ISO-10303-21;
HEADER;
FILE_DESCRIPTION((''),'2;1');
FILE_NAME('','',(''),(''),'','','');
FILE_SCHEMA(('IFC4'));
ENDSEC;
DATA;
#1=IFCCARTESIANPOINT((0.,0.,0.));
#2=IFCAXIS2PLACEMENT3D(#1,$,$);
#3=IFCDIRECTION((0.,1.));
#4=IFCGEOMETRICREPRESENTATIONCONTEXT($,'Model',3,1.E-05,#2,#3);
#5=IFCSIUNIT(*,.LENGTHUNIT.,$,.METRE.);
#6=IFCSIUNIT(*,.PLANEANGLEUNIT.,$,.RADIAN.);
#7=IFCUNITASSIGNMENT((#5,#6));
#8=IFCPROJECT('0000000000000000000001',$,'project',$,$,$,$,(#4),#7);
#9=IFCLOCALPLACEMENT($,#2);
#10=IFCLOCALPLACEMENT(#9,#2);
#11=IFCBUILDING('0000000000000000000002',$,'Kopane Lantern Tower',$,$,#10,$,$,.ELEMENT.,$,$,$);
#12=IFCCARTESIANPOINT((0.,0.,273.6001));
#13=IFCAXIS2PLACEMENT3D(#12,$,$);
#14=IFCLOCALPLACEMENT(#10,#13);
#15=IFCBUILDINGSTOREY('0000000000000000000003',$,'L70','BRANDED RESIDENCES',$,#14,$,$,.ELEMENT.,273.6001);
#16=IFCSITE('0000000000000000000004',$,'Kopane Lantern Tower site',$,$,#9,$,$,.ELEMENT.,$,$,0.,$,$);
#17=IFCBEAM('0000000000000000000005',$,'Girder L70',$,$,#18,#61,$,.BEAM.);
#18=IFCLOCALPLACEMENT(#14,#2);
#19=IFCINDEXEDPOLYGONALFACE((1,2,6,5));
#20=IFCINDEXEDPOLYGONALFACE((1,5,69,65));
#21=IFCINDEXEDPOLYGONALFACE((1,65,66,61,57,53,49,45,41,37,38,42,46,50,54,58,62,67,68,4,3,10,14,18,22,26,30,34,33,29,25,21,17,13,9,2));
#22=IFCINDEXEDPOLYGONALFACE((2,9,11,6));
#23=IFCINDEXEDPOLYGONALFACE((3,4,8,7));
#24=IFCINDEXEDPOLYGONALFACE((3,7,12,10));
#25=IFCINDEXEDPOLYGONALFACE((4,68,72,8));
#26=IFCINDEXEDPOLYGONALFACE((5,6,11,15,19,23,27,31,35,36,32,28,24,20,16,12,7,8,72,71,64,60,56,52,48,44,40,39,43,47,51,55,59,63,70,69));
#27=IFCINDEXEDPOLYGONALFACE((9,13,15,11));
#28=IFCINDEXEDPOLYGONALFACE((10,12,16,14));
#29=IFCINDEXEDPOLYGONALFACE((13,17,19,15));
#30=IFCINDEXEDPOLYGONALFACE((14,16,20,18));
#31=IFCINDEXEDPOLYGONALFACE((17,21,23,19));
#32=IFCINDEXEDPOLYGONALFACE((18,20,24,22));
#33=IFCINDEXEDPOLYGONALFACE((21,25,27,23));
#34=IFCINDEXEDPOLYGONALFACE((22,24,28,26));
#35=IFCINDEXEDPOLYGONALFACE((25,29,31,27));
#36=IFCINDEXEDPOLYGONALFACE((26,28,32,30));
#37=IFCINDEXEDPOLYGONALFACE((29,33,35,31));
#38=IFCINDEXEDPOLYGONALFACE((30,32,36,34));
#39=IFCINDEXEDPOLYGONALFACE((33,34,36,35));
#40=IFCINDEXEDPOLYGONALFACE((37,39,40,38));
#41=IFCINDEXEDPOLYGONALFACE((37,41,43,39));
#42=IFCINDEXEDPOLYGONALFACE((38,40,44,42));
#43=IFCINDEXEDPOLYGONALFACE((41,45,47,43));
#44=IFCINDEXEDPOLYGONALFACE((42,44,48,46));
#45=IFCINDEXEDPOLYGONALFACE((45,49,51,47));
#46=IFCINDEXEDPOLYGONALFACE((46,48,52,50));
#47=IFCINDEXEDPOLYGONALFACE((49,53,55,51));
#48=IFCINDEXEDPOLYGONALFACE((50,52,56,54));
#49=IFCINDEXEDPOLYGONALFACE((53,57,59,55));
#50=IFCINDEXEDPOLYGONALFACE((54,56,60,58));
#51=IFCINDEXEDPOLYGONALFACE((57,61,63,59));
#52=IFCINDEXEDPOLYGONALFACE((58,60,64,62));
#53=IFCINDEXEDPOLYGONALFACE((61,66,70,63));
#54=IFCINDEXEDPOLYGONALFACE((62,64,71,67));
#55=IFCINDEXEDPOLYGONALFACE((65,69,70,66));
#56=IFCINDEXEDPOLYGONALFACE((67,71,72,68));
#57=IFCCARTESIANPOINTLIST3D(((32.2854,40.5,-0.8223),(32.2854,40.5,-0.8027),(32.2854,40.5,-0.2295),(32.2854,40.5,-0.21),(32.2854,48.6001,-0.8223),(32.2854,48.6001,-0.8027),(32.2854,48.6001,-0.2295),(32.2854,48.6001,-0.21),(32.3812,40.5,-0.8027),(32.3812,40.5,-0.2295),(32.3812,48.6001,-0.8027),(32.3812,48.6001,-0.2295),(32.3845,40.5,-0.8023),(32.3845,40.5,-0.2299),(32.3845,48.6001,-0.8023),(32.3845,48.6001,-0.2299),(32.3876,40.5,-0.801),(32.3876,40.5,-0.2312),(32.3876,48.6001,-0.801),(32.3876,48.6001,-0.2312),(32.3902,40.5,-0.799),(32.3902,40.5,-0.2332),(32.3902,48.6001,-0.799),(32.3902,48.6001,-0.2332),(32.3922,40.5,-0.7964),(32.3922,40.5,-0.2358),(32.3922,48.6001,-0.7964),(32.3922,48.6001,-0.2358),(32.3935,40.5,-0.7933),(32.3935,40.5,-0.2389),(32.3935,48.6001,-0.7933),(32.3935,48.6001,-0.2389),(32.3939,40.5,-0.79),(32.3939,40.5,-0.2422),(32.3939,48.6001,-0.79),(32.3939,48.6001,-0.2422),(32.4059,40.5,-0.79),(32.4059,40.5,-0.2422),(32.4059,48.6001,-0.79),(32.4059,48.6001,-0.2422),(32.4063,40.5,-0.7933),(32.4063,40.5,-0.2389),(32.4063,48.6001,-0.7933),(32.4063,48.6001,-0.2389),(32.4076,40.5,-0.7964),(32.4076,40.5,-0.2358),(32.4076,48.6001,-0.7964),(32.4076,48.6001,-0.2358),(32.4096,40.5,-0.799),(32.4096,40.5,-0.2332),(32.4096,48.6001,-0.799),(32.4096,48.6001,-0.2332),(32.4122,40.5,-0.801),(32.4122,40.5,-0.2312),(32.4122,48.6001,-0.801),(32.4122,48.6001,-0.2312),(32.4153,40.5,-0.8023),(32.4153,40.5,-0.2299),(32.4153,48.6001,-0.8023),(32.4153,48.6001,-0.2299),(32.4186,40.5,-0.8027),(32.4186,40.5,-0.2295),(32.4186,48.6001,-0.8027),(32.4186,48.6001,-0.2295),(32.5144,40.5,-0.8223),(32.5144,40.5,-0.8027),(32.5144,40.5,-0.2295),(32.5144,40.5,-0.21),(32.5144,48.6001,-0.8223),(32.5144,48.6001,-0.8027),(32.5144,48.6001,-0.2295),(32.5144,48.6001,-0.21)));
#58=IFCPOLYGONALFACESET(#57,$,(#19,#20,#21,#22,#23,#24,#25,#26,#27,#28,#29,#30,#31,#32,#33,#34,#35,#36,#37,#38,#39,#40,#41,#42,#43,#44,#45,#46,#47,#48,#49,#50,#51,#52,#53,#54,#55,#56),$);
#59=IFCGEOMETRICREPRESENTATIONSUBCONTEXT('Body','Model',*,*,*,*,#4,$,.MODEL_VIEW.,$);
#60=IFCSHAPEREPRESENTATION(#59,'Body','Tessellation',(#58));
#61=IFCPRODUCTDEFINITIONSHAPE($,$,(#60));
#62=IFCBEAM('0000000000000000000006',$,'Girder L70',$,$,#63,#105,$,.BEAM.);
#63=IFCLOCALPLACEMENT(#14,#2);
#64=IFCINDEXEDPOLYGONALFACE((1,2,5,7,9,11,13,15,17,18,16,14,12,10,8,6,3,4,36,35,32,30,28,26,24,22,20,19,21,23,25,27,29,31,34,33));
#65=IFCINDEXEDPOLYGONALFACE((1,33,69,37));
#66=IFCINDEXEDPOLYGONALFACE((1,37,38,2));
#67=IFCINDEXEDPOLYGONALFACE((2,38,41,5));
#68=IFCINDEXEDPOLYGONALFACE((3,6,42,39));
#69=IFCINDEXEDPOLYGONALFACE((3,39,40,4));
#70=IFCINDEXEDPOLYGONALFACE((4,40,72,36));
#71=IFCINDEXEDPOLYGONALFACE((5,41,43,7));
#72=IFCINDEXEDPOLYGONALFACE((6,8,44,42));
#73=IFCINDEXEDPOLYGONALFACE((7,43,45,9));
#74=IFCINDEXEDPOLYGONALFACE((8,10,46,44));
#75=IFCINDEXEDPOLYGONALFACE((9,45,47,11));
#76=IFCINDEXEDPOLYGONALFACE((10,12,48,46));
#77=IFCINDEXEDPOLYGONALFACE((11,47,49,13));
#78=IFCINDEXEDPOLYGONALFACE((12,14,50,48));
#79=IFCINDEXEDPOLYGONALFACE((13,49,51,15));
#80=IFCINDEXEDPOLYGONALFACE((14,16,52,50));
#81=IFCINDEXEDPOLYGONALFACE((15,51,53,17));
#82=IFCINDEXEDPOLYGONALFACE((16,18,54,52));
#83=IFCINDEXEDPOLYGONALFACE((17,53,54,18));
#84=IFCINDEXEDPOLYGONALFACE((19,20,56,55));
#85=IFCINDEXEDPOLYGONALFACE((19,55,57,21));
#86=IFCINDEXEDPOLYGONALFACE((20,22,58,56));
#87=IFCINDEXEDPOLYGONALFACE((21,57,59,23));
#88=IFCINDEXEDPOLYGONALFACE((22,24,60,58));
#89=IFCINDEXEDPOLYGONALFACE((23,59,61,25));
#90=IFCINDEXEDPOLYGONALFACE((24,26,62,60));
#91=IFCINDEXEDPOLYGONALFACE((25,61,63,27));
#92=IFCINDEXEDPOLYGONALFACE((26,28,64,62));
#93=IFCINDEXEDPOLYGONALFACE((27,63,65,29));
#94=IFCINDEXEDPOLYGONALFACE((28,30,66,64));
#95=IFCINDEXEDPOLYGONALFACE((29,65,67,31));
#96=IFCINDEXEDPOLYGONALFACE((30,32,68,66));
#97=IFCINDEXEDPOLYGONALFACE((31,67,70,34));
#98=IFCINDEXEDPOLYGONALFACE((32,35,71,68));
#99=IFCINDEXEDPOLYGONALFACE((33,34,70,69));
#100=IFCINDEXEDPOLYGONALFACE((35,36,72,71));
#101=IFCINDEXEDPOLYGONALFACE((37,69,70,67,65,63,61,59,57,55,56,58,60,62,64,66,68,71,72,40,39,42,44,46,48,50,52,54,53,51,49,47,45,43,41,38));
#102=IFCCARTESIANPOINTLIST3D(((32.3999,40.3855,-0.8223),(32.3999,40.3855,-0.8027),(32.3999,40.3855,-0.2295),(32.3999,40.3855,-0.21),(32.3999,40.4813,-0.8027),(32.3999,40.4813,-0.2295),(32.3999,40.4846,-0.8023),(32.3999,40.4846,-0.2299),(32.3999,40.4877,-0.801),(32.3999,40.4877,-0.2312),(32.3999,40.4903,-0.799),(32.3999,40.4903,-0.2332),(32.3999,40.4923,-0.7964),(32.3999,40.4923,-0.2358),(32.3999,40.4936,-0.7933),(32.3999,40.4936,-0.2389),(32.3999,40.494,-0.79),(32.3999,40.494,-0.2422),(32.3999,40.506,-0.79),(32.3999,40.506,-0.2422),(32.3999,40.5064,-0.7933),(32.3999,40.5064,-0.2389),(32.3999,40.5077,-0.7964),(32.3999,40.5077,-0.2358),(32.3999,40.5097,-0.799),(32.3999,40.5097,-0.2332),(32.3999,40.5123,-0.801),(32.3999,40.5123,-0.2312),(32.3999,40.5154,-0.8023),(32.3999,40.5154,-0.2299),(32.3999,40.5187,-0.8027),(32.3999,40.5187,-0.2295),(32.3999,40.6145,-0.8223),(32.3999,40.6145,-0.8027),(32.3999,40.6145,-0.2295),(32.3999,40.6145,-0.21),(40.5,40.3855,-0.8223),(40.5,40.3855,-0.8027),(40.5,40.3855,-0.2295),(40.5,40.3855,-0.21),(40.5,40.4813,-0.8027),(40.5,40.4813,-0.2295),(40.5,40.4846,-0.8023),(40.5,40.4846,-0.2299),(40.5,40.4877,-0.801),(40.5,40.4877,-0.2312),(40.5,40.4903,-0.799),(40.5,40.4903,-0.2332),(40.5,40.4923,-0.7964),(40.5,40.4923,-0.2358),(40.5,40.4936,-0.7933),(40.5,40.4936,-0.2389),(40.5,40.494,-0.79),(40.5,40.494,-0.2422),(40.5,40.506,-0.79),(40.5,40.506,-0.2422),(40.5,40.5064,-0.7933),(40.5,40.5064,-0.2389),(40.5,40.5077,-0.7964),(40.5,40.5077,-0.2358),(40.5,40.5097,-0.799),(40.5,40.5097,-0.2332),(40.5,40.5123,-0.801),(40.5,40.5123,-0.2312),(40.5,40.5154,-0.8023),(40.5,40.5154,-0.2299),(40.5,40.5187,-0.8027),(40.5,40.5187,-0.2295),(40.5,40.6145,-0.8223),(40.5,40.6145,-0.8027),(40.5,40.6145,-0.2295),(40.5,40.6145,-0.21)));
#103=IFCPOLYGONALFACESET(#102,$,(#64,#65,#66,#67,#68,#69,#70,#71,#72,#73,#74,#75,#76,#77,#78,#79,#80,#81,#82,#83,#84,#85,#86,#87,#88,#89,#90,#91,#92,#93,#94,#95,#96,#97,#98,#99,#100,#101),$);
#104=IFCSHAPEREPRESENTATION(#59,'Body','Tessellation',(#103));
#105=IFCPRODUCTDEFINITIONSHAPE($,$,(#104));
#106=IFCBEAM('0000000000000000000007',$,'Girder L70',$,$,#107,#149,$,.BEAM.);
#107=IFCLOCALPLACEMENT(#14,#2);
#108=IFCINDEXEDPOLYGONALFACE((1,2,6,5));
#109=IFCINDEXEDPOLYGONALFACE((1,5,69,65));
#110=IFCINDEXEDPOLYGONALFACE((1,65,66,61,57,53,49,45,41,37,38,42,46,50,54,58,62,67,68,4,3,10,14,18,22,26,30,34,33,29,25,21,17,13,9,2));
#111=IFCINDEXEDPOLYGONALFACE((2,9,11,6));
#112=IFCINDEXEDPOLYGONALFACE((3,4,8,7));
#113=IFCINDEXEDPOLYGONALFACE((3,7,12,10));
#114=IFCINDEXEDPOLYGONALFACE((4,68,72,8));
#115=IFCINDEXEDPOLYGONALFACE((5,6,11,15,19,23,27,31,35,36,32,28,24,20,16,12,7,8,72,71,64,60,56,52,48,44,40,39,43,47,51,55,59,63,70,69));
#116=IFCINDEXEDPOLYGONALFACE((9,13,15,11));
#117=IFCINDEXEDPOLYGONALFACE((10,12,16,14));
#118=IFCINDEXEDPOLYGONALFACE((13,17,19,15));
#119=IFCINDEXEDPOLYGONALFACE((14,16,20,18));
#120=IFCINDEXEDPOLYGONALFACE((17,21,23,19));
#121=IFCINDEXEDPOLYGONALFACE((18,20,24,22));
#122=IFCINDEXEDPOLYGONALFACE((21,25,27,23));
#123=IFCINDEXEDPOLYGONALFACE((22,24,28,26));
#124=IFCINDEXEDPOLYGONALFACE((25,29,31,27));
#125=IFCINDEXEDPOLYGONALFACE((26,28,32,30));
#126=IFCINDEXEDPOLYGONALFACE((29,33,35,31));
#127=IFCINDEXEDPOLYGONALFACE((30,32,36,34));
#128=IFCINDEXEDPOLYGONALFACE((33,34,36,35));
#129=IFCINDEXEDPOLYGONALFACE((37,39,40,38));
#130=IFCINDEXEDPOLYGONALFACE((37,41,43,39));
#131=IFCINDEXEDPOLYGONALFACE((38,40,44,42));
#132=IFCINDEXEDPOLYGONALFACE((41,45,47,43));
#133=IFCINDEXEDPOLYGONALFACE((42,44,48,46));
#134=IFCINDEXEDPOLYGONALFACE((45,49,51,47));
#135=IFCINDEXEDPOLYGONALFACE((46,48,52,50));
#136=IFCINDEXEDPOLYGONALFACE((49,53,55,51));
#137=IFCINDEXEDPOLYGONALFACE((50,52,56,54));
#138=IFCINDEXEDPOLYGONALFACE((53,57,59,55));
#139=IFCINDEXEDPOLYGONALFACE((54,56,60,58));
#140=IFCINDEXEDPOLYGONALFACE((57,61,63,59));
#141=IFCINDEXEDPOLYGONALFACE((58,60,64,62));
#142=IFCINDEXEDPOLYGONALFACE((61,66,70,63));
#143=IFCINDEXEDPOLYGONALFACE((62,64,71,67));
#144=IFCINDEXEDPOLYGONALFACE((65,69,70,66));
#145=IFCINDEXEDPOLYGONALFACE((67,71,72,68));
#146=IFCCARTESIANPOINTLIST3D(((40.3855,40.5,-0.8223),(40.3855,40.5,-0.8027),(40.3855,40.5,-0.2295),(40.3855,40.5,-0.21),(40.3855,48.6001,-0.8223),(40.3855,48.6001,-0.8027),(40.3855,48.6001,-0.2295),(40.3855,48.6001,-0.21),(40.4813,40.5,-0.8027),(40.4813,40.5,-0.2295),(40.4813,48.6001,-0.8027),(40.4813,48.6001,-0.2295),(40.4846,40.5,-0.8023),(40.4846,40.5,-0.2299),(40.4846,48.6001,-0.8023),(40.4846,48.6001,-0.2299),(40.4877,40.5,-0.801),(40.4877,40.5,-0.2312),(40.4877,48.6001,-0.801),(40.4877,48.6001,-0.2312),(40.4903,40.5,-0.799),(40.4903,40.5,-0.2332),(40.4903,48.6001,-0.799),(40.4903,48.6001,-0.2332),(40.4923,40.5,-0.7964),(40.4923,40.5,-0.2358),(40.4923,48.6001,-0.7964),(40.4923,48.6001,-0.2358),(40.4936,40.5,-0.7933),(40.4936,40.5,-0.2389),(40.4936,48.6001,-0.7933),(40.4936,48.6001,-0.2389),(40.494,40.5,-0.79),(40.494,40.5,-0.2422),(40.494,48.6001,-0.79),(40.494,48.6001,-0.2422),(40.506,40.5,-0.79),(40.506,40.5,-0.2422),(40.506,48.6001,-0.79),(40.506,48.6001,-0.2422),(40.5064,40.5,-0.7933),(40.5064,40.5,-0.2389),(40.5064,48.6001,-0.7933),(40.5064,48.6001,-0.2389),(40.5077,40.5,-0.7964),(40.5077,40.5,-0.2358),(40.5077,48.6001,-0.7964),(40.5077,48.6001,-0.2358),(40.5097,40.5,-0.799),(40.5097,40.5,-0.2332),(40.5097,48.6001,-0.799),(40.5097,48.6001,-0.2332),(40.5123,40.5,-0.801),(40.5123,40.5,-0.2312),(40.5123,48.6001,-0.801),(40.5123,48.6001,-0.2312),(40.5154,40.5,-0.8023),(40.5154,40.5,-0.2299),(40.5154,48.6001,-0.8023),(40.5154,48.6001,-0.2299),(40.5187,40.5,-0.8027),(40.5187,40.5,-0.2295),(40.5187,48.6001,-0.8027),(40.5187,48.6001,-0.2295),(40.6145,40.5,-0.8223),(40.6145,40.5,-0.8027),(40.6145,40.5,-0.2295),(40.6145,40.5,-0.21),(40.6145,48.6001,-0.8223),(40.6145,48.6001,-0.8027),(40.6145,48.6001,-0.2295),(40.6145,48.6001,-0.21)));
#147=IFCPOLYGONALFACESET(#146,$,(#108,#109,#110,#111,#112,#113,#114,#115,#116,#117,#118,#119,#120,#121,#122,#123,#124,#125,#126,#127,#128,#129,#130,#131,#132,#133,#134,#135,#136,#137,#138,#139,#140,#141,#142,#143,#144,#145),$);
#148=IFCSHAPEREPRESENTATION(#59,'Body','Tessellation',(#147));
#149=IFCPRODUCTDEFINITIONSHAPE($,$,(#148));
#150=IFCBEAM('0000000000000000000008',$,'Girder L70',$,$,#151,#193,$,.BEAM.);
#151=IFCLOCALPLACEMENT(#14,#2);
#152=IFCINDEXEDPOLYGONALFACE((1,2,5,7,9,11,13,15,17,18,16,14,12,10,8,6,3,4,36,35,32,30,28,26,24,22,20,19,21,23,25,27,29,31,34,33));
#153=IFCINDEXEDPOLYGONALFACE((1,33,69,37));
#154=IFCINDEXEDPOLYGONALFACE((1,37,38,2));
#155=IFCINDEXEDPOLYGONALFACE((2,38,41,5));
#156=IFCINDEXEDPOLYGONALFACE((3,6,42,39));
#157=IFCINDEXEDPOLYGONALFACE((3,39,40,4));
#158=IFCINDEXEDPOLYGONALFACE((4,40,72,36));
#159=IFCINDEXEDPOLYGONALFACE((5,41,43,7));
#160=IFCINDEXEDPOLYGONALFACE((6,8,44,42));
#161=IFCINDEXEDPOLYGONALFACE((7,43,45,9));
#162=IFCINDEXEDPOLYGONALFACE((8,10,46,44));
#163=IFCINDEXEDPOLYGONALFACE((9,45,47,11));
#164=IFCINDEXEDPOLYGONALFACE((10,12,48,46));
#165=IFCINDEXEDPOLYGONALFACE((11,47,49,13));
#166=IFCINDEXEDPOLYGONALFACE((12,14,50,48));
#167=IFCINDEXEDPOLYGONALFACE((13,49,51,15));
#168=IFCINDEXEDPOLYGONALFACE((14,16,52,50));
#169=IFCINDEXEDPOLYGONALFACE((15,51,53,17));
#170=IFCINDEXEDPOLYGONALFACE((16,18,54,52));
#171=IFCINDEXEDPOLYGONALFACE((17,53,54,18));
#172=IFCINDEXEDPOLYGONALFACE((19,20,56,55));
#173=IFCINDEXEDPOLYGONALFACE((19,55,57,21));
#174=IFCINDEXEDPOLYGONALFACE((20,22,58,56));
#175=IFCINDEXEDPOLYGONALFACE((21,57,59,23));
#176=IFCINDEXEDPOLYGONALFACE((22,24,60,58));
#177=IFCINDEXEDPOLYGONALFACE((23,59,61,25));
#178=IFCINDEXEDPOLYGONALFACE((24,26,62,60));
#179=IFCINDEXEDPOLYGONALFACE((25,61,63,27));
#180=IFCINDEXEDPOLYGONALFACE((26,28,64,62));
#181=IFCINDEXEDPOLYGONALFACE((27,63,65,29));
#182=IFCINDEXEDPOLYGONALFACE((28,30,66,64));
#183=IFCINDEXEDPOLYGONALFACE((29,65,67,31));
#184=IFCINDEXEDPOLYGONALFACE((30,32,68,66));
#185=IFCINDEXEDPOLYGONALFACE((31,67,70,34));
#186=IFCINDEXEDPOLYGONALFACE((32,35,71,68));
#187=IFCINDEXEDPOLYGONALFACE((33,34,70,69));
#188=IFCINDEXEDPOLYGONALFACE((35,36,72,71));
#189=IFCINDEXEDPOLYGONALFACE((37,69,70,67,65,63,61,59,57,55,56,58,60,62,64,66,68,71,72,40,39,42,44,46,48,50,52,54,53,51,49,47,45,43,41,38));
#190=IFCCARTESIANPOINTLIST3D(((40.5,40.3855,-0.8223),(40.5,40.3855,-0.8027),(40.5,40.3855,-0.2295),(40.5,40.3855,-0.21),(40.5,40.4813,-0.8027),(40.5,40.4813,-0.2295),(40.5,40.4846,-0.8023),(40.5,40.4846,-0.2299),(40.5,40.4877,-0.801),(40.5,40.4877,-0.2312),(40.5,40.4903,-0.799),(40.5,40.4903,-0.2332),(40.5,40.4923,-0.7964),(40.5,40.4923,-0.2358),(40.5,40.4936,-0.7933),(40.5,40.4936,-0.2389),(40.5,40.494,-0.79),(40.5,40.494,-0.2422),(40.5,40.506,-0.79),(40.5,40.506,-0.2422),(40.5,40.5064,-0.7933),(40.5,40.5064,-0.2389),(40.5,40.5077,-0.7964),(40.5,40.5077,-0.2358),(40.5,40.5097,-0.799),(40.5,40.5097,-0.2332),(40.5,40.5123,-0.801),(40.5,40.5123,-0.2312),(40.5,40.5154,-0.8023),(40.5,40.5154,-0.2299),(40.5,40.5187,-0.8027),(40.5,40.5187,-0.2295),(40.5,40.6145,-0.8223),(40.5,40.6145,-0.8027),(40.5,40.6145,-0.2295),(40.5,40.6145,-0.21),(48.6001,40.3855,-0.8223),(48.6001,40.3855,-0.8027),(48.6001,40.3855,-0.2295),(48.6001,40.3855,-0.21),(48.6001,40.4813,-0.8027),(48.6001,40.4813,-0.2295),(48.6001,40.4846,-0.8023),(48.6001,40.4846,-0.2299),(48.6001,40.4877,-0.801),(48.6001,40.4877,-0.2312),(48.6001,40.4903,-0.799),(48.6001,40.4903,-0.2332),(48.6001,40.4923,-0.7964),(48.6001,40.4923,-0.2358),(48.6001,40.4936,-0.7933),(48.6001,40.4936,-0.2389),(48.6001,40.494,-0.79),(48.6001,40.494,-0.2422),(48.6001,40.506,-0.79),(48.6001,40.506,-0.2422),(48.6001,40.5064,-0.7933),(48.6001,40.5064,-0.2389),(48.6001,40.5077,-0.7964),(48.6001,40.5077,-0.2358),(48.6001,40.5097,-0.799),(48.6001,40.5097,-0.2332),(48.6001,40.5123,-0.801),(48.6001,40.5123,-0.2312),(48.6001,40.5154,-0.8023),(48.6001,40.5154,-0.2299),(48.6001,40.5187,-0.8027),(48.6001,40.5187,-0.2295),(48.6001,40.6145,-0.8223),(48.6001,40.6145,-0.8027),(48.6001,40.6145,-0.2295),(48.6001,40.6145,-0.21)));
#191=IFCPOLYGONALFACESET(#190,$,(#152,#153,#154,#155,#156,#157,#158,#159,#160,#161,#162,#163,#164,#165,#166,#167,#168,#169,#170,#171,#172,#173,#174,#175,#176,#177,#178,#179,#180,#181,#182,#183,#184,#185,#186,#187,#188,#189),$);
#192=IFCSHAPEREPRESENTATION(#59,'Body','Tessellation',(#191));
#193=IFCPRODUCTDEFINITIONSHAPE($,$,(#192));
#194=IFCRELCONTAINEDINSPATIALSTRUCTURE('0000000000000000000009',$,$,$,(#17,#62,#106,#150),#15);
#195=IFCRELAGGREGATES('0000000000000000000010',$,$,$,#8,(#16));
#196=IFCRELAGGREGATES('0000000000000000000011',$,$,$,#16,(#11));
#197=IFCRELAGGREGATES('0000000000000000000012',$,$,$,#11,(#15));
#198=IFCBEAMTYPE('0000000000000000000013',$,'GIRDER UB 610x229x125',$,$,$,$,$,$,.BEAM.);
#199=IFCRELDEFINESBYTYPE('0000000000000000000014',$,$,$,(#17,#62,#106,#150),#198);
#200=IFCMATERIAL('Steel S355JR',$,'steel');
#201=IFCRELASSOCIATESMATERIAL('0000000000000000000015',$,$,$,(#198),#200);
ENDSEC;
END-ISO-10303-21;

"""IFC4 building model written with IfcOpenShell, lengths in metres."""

from ifc_helpers import new_model, si_unit, direction, frame, origin, origin_2d, place, context, subcontext, project, spatial, i_section, extrude, material, material_profile, profile_set, type_object, element, save


model = new_model("IFC4")

# Units and contexts
model_context = context("Model", 3, precision=1e-05, world=origin(), true_north=direction((0.0, 1.0)))
body_context = subcontext(model_context, "Body", "Model", "MODEL_VIEW")
ifc_project = project(units=[si_unit("LENGTHUNIT", "METRE"), si_unit("PLANEANGLEUNIT", "RADIAN")], contexts=[model_context])

# Site, building, storey
site_placement = place(None, origin())
site = spatial("IfcSite", under=ifc_project, at=site_placement, Name="Kopane Lantern Tower site", CompositionType="ELEMENT", RefElevation=0.0)
building_placement = place(site_placement, origin())
building = spatial("IfcBuilding", under=site, at=building_placement, Name="Kopane Lantern Tower", CompositionType="ELEMENT")
storey_placement = place(building_placement, frame((0.0, 0.0, 273.6001)))
storey = spatial("IfcBuildingStorey", under=building, at=storey_placement, Name="L70", Description="BRANDED RESIDENCES", CompositionType="ELEMENT", Elevation=273.6001)

# Beams
ifc_material_1 = material(Name="Steel S355JR", Category="steel")
ifc_material_profile_1 = material_profile(ifc_material_1, i_section(OverallWidth=0.229, OverallDepth=0.6123, WebThickness=0.012, FlangeThickness=0.0195, FilletRadius=0.0127, at=origin_2d()), Name="UB 610x229x125")
ifc_profile_set_1 = profile_set([ifc_material_profile_1], Name="Steel S355JR")
beam_type = type_object("IfcBeamType", Name="GIRDER UB 610x229x125", PredefinedType="BEAM", material=ifc_profile_set_1)
for number, where, z_axis, x_axis, name in (
    (1, (32.3999, 40.5, -0.5161), (0.0, 1.0, 0.0), (-1.0, 0.0, 0.0), "Girder L70"),
    (2, (32.3999, 40.5, -0.5161), (1.0, 0.0, 0.0), (0.0, 1.0, 0.0), "Girder L70"),
    (3, (40.5, 40.5, -0.5161), (0.0, 1.0, 0.0), (-1.0, 0.0, 0.0), "Girder L70"),
    (4, (40.5, 40.5, -0.5161), (1.0, 0.0, 0.0), (0.0, 1.0, 0.0), "Girder L70"),
):
    element("IfcBeam", number, at=place(storey_placement, frame(where, z_axis=z_axis, x_axis=x_axis)), inside=storey, type_object=beam_type, Name=name, PredefinedType="BEAM", context=body_context, shape_type="SweptSolid", body=[
        extrude(i_section(OverallWidth=0.229, OverallDepth=0.6123, WebThickness=0.012, FlangeThickness=0.0195, FilletRadius=0.0127, at=origin_2d()), origin(), (0.0, 0.0, 1.0), 8.1001),
    ])

save(model, "model.ifc")
